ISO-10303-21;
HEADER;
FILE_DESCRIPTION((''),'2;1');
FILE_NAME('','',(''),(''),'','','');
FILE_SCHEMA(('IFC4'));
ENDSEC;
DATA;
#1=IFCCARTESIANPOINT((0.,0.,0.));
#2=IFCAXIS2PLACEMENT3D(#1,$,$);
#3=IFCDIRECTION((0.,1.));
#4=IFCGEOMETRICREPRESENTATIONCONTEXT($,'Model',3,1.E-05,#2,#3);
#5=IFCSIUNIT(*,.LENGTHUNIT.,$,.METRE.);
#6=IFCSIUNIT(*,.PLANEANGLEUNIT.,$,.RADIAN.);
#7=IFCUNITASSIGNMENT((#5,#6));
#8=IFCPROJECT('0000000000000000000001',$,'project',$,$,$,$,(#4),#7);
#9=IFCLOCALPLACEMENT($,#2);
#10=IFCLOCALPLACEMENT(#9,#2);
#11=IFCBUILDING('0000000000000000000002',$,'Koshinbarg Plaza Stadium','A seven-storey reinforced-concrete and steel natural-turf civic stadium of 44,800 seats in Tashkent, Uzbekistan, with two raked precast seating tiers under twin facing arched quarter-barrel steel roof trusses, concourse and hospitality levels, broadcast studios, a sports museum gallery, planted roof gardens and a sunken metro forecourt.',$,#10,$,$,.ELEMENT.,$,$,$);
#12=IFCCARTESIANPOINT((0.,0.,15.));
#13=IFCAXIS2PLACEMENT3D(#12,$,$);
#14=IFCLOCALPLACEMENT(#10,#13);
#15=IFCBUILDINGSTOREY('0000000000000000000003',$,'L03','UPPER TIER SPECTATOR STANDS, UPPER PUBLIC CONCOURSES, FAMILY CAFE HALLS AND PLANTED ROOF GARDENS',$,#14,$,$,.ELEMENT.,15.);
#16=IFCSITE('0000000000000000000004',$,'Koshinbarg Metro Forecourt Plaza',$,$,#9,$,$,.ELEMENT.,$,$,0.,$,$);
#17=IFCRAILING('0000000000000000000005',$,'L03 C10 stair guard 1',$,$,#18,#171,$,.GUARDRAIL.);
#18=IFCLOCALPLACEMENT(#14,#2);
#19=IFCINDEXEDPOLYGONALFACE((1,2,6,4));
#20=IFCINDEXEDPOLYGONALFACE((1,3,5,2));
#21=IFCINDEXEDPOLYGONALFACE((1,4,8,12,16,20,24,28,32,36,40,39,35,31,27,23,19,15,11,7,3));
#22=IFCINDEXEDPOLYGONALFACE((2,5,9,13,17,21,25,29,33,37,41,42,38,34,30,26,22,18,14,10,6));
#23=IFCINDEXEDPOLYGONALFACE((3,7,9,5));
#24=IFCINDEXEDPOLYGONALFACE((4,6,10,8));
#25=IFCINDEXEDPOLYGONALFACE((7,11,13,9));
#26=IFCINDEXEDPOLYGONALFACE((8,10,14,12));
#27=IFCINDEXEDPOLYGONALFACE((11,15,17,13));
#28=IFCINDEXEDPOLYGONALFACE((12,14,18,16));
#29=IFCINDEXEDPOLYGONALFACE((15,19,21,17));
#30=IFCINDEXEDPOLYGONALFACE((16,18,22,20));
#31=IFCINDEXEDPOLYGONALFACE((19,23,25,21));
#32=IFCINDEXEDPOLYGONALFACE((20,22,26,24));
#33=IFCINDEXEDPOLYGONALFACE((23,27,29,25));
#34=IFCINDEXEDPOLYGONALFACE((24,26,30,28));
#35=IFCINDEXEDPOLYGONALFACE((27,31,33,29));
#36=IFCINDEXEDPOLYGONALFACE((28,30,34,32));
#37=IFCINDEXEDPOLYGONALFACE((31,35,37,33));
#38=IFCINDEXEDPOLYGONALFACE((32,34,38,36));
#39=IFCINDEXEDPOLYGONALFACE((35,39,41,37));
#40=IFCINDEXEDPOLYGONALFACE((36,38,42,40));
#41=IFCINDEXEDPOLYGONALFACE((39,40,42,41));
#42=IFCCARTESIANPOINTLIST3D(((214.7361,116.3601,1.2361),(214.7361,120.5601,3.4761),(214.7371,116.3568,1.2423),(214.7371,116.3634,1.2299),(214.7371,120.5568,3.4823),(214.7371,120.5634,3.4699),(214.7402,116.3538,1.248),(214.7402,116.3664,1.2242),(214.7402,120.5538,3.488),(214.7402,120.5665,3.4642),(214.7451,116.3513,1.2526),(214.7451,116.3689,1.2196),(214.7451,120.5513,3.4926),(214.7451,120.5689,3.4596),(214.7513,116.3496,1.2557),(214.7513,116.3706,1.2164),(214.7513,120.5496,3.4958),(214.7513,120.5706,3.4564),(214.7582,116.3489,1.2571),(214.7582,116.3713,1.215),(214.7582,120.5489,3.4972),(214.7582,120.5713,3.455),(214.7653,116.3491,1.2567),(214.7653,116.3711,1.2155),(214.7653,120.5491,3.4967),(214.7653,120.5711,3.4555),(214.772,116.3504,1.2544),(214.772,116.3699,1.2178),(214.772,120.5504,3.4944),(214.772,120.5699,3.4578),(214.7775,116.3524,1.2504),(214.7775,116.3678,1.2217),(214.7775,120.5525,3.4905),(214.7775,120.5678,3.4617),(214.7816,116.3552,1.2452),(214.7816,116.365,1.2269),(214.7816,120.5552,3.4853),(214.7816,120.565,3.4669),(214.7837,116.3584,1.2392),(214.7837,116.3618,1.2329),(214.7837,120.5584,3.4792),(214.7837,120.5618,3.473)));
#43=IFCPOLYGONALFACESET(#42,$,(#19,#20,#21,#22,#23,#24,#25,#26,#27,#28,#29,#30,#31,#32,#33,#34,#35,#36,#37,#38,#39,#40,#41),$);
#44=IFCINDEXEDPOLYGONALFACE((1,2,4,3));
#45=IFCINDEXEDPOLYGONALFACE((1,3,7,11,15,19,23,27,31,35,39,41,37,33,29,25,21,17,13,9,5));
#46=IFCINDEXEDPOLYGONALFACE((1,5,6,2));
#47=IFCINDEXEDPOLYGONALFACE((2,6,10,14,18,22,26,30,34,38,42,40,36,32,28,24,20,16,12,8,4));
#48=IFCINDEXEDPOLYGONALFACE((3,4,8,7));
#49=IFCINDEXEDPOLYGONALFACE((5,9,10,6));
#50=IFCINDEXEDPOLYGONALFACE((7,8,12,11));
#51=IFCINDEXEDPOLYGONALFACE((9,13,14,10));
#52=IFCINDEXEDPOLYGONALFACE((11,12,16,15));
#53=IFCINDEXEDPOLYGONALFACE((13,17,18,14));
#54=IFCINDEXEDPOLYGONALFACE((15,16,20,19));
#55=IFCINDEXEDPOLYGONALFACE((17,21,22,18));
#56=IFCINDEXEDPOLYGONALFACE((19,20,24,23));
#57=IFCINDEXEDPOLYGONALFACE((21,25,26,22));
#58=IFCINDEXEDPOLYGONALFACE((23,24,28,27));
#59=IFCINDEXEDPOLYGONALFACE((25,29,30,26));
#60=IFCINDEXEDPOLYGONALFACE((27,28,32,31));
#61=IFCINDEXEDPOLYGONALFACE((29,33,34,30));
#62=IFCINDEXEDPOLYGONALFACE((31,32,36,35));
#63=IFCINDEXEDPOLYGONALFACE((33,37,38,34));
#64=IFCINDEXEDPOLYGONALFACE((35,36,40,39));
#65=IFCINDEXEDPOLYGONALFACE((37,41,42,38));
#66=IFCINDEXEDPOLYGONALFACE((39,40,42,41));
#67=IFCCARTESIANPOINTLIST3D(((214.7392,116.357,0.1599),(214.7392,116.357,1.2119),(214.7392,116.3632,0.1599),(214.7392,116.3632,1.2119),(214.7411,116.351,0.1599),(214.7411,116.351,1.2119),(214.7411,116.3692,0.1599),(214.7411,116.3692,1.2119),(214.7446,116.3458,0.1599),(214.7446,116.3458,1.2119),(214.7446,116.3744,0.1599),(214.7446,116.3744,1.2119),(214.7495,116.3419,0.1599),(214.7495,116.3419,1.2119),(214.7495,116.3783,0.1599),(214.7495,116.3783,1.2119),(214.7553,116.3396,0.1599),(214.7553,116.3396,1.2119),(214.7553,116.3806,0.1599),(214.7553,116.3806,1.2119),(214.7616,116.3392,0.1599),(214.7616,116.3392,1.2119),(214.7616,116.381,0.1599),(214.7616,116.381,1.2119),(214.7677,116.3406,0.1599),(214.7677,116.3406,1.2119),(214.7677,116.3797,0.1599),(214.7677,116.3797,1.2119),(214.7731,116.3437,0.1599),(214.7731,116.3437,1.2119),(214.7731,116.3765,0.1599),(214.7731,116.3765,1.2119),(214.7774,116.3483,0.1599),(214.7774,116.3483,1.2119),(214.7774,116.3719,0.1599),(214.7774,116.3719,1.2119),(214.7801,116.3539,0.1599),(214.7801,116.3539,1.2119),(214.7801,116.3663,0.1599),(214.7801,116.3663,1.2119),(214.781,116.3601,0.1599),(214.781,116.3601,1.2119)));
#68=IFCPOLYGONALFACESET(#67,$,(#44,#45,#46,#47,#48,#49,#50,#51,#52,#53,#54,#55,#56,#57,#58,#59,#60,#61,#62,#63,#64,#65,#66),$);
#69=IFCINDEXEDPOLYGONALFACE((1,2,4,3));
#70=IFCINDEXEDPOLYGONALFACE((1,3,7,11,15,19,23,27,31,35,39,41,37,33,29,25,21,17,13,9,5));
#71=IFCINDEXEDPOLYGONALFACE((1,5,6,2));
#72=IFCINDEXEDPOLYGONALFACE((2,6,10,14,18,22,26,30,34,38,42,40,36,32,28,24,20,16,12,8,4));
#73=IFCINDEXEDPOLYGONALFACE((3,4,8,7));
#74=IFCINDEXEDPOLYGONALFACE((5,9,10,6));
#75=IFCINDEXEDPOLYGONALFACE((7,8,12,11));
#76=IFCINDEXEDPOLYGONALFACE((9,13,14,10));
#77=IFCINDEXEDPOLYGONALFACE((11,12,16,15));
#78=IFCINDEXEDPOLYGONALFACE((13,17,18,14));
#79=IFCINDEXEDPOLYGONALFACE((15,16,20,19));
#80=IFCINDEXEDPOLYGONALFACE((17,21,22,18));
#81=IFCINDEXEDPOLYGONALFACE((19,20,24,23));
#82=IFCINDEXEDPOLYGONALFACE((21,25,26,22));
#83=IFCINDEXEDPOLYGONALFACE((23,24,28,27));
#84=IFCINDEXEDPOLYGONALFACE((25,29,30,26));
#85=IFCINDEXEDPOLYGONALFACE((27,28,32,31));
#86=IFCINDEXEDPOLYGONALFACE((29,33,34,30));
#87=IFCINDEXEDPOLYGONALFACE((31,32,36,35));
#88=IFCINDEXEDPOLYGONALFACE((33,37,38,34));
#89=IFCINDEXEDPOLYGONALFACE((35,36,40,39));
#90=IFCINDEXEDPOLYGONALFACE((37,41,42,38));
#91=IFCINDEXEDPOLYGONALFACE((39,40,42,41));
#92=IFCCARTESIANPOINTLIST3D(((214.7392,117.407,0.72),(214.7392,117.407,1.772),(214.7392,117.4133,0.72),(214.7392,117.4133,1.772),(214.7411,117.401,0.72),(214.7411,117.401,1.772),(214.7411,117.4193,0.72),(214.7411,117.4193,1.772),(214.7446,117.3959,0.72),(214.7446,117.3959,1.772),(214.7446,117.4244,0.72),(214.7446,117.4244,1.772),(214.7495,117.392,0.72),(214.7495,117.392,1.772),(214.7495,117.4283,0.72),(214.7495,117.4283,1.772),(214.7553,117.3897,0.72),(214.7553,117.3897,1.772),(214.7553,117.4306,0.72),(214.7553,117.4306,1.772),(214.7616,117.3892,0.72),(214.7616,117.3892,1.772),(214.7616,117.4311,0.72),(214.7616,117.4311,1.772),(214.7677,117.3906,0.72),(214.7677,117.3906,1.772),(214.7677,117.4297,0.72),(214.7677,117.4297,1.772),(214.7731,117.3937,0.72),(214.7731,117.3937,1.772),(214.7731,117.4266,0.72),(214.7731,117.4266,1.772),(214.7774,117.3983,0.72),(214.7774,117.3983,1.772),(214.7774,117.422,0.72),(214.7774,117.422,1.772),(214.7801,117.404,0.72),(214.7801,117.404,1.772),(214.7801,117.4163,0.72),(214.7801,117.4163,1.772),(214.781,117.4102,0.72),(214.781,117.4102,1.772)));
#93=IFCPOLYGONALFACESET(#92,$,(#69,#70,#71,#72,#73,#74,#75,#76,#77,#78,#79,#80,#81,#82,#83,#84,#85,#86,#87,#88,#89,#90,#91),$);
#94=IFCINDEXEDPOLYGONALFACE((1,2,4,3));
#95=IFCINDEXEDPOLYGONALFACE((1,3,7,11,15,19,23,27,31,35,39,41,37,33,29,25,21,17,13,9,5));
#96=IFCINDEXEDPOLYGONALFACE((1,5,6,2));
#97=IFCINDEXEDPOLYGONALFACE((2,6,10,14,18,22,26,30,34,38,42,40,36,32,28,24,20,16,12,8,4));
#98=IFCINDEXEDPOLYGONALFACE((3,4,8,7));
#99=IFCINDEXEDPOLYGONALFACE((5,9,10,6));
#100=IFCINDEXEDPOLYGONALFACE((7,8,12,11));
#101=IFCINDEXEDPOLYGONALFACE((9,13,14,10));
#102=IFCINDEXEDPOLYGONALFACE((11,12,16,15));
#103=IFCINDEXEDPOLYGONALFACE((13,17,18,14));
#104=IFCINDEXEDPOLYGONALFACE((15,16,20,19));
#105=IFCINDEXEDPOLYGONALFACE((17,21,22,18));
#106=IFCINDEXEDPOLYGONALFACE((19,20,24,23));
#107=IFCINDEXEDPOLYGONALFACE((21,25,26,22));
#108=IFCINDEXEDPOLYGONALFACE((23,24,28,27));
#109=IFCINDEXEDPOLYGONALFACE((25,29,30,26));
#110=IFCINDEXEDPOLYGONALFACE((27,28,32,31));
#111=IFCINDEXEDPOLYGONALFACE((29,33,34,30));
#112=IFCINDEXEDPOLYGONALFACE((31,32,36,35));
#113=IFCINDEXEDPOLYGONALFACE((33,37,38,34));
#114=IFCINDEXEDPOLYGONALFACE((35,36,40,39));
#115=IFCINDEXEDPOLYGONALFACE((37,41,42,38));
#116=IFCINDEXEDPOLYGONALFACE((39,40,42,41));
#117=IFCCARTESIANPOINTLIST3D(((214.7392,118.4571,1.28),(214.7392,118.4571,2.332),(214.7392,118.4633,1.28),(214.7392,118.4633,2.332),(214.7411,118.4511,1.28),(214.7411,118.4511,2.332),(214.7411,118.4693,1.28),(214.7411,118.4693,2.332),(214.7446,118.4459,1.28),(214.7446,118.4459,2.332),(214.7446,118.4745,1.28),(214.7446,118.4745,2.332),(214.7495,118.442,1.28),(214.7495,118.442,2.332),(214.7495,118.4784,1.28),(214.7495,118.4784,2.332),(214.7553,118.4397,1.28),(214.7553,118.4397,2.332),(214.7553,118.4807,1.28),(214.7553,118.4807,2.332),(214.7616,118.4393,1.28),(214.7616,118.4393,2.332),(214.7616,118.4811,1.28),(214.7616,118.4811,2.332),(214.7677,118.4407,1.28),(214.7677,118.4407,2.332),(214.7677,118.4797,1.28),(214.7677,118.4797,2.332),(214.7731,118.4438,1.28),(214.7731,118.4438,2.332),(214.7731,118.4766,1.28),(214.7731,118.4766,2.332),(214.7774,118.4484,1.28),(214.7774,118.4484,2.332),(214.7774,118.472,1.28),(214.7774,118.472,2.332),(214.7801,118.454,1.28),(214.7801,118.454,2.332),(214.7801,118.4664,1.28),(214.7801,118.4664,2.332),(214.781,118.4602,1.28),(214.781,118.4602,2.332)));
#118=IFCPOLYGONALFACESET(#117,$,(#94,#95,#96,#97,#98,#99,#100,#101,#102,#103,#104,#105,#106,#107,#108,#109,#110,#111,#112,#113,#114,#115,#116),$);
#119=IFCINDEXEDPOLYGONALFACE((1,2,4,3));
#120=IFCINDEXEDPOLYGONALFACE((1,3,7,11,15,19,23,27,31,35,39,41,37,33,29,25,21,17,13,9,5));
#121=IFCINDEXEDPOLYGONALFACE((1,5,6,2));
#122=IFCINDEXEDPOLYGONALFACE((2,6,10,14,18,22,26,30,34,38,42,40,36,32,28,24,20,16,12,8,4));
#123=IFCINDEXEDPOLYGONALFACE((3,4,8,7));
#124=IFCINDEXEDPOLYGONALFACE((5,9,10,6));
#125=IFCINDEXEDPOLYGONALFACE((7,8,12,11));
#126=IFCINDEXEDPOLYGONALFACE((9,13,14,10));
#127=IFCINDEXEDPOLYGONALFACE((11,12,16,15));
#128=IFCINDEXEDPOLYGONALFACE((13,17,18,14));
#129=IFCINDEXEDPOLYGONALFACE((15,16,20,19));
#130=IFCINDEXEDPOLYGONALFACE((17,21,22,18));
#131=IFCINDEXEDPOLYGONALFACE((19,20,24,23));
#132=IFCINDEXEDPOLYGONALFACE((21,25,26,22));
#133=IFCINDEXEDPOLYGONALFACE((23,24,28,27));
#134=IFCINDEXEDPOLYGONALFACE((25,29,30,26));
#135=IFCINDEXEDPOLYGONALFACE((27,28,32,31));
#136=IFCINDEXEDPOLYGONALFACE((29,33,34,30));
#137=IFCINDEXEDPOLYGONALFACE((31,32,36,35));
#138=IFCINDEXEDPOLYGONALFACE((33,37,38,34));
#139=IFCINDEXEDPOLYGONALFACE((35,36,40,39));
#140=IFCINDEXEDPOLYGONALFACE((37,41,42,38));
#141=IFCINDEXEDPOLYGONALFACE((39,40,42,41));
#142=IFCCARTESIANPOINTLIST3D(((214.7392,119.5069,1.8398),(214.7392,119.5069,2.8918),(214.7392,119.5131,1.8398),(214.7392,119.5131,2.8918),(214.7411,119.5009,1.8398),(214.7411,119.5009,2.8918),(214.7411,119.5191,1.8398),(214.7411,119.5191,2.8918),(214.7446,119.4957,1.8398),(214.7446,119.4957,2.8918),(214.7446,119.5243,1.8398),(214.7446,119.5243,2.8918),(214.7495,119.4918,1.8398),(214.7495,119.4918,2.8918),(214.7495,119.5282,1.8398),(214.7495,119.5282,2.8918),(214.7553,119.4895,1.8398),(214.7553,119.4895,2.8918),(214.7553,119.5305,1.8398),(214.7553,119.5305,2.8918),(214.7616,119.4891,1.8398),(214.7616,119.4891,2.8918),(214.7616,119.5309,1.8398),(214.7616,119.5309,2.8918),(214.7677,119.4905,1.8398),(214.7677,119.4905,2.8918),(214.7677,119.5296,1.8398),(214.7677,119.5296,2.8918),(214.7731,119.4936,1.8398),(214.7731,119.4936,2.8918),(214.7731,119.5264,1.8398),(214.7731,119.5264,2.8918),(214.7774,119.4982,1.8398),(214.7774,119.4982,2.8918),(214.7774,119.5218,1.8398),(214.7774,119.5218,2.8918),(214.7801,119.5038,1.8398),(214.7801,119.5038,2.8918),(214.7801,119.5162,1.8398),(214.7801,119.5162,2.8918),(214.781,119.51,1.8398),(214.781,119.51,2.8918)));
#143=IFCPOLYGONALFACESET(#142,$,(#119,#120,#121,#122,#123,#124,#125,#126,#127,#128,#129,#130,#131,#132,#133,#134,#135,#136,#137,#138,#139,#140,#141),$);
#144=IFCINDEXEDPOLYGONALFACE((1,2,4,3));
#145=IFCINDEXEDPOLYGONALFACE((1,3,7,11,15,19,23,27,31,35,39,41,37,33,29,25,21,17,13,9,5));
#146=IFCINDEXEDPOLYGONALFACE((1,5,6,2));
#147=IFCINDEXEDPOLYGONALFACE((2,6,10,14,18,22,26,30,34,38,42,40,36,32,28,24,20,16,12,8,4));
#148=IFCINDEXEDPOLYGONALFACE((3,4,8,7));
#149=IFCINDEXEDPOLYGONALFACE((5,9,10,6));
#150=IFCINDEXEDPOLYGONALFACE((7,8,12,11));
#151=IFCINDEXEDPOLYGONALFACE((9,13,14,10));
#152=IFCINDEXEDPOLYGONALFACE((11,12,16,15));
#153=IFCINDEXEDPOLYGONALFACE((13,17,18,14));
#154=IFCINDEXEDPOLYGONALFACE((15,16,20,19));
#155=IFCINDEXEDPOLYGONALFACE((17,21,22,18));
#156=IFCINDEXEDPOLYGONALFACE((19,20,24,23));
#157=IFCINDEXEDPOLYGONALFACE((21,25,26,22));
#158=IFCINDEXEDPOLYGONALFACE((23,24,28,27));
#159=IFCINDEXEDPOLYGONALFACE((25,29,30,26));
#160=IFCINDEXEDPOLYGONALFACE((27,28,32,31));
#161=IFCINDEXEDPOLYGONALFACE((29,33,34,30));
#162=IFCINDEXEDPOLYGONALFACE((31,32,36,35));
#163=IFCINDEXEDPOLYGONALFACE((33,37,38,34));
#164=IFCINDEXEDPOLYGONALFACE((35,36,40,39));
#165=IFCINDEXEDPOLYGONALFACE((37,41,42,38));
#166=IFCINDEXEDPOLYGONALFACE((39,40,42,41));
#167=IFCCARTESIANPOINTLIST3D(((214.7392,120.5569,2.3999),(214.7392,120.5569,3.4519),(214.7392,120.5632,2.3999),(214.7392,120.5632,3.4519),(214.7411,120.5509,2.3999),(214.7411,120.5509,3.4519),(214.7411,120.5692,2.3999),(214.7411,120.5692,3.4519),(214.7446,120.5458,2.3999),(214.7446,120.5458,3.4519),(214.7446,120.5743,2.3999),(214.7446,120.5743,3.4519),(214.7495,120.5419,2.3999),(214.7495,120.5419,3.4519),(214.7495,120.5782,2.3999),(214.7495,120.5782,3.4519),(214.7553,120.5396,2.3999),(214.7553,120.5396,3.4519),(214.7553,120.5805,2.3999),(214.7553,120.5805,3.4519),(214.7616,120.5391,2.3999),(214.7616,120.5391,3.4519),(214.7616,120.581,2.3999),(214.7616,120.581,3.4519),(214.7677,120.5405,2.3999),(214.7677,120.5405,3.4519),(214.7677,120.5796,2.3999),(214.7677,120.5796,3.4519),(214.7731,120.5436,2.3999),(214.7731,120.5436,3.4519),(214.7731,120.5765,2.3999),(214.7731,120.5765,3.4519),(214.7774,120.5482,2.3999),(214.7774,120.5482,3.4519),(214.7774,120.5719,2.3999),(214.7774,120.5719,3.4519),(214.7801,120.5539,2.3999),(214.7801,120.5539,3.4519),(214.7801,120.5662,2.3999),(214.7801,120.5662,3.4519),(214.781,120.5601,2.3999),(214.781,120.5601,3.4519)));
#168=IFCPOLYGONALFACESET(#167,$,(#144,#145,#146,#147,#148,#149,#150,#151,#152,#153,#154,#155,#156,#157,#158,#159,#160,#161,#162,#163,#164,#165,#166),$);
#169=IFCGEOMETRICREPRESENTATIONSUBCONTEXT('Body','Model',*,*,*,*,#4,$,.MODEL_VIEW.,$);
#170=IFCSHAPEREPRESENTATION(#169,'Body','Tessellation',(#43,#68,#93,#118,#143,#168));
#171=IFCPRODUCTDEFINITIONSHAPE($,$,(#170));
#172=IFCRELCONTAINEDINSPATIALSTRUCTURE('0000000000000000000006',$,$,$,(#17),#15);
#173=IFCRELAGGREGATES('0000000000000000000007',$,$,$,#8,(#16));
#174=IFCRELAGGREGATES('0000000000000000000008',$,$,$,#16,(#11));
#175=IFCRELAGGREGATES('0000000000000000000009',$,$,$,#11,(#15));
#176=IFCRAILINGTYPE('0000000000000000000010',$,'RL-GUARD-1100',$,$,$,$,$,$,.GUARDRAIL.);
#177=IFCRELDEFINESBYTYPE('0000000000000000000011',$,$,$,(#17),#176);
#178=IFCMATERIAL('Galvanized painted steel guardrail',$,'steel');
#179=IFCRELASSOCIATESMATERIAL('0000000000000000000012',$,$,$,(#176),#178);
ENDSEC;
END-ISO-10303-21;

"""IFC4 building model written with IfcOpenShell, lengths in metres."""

from ifc_helpers import new_model, si_unit, direction, frame, origin, origin_2d, place, context, subcontext, project, spatial, circle, extrude, material, type_object, element, save


model = new_model("IFC4")

# Units and contexts
model_context = context("Model", 3, precision=1e-05, world=origin(), true_north=direction((0.0, 1.0)))
body_context = subcontext(model_context, "Body", "Model", "MODEL_VIEW")
ifc_project = project(units=[si_unit("LENGTHUNIT", "METRE"), si_unit("PLANEANGLEUNIT", "RADIAN")], contexts=[model_context])

# Site, building, storey
site_placement = place(None, origin())
site = spatial("IfcSite", under=ifc_project, at=site_placement, Name="Koshinbarg Metro Forecourt Plaza", CompositionType="ELEMENT", RefElevation=0.0)
building_placement = place(site_placement, origin())
building = spatial("IfcBuilding", under=site, at=building_placement, Name="Koshinbarg Plaza Stadium", Description="A seven-storey reinforced-concrete and steel natural-turf civic stadium of 44,800 seats in Tashkent, Uzbekistan, with two raked precast seating tiers under twin facing arched quarter-barrel steel roof trusses, concourse and hospitality levels, broadcast studios, a sports museum gallery, planted roof gardens and a sunken metro forecourt.", CompositionType="ELEMENT")
storey_placement = place(building_placement, frame((0.0, 0.0, 15.0)))
storey = spatial("IfcBuildingStorey", under=building, at=storey_placement, Name="L03", Description="UPPER TIER SPECTATOR STANDS, UPPER PUBLIC CONCOURSES, FAMILY CAFE HALLS AND PLANTED ROOF GARDENS", CompositionType="ELEMENT", Elevation=15.0)

# Railing
ifc_material_1 = material(Name="Galvanized painted steel guardrail", Category="steel")
railing_type_1 = type_object("IfcRailingType", Name="RL-GUARD-1100", PredefinedType="GUARDRAIL", material=ifc_material_1)
railing_1_placement = place(storey_placement, frame((214.76, 116.3601, 0.1599)))
element("IfcRailing", 1, at=railing_1_placement, inside=storey, type_object=railing_type_1, Name="L03 C10 stair guard 1", PredefinedType="GUARDRAIL", context=body_context, shape_type="SweptSolid", body=[
    extrude(circle(Radius=0.0239, at=origin_2d()), frame((0.0, 0.0, 1.0762), z_axis=(0.0, 0.882352, 0.470591), x_axis=(-1.0, 0.0, 0.0)), (0.0, 0.0, 1.0), 4.76),
    extrude(circle(Radius=0.021, at=origin_2d()), origin(), (0.0, 0.0, 1.0), 1.052),
    extrude(circle(Radius=0.021, at=origin_2d()), frame((0.0, 1.05, 0.5601)), (0.0, 0.0, 1.0), 1.052),
    extrude(circle(Radius=0.021, at=origin_2d()), frame((0.0, 2.1001, 1.1201)), (0.0, 0.0, 1.0), 1.052),
    extrude(circle(Radius=0.021, at=origin_2d()), frame((0.0, 3.1499, 1.6799)), (0.0, 0.0, 1.0), 1.052),
    extrude(circle(Radius=0.021, at=origin_2d()), frame((0.0, 4.2, 2.24)), (0.0, 0.0, 1.0), 1.052),
])

save(model, "model.ifc")
